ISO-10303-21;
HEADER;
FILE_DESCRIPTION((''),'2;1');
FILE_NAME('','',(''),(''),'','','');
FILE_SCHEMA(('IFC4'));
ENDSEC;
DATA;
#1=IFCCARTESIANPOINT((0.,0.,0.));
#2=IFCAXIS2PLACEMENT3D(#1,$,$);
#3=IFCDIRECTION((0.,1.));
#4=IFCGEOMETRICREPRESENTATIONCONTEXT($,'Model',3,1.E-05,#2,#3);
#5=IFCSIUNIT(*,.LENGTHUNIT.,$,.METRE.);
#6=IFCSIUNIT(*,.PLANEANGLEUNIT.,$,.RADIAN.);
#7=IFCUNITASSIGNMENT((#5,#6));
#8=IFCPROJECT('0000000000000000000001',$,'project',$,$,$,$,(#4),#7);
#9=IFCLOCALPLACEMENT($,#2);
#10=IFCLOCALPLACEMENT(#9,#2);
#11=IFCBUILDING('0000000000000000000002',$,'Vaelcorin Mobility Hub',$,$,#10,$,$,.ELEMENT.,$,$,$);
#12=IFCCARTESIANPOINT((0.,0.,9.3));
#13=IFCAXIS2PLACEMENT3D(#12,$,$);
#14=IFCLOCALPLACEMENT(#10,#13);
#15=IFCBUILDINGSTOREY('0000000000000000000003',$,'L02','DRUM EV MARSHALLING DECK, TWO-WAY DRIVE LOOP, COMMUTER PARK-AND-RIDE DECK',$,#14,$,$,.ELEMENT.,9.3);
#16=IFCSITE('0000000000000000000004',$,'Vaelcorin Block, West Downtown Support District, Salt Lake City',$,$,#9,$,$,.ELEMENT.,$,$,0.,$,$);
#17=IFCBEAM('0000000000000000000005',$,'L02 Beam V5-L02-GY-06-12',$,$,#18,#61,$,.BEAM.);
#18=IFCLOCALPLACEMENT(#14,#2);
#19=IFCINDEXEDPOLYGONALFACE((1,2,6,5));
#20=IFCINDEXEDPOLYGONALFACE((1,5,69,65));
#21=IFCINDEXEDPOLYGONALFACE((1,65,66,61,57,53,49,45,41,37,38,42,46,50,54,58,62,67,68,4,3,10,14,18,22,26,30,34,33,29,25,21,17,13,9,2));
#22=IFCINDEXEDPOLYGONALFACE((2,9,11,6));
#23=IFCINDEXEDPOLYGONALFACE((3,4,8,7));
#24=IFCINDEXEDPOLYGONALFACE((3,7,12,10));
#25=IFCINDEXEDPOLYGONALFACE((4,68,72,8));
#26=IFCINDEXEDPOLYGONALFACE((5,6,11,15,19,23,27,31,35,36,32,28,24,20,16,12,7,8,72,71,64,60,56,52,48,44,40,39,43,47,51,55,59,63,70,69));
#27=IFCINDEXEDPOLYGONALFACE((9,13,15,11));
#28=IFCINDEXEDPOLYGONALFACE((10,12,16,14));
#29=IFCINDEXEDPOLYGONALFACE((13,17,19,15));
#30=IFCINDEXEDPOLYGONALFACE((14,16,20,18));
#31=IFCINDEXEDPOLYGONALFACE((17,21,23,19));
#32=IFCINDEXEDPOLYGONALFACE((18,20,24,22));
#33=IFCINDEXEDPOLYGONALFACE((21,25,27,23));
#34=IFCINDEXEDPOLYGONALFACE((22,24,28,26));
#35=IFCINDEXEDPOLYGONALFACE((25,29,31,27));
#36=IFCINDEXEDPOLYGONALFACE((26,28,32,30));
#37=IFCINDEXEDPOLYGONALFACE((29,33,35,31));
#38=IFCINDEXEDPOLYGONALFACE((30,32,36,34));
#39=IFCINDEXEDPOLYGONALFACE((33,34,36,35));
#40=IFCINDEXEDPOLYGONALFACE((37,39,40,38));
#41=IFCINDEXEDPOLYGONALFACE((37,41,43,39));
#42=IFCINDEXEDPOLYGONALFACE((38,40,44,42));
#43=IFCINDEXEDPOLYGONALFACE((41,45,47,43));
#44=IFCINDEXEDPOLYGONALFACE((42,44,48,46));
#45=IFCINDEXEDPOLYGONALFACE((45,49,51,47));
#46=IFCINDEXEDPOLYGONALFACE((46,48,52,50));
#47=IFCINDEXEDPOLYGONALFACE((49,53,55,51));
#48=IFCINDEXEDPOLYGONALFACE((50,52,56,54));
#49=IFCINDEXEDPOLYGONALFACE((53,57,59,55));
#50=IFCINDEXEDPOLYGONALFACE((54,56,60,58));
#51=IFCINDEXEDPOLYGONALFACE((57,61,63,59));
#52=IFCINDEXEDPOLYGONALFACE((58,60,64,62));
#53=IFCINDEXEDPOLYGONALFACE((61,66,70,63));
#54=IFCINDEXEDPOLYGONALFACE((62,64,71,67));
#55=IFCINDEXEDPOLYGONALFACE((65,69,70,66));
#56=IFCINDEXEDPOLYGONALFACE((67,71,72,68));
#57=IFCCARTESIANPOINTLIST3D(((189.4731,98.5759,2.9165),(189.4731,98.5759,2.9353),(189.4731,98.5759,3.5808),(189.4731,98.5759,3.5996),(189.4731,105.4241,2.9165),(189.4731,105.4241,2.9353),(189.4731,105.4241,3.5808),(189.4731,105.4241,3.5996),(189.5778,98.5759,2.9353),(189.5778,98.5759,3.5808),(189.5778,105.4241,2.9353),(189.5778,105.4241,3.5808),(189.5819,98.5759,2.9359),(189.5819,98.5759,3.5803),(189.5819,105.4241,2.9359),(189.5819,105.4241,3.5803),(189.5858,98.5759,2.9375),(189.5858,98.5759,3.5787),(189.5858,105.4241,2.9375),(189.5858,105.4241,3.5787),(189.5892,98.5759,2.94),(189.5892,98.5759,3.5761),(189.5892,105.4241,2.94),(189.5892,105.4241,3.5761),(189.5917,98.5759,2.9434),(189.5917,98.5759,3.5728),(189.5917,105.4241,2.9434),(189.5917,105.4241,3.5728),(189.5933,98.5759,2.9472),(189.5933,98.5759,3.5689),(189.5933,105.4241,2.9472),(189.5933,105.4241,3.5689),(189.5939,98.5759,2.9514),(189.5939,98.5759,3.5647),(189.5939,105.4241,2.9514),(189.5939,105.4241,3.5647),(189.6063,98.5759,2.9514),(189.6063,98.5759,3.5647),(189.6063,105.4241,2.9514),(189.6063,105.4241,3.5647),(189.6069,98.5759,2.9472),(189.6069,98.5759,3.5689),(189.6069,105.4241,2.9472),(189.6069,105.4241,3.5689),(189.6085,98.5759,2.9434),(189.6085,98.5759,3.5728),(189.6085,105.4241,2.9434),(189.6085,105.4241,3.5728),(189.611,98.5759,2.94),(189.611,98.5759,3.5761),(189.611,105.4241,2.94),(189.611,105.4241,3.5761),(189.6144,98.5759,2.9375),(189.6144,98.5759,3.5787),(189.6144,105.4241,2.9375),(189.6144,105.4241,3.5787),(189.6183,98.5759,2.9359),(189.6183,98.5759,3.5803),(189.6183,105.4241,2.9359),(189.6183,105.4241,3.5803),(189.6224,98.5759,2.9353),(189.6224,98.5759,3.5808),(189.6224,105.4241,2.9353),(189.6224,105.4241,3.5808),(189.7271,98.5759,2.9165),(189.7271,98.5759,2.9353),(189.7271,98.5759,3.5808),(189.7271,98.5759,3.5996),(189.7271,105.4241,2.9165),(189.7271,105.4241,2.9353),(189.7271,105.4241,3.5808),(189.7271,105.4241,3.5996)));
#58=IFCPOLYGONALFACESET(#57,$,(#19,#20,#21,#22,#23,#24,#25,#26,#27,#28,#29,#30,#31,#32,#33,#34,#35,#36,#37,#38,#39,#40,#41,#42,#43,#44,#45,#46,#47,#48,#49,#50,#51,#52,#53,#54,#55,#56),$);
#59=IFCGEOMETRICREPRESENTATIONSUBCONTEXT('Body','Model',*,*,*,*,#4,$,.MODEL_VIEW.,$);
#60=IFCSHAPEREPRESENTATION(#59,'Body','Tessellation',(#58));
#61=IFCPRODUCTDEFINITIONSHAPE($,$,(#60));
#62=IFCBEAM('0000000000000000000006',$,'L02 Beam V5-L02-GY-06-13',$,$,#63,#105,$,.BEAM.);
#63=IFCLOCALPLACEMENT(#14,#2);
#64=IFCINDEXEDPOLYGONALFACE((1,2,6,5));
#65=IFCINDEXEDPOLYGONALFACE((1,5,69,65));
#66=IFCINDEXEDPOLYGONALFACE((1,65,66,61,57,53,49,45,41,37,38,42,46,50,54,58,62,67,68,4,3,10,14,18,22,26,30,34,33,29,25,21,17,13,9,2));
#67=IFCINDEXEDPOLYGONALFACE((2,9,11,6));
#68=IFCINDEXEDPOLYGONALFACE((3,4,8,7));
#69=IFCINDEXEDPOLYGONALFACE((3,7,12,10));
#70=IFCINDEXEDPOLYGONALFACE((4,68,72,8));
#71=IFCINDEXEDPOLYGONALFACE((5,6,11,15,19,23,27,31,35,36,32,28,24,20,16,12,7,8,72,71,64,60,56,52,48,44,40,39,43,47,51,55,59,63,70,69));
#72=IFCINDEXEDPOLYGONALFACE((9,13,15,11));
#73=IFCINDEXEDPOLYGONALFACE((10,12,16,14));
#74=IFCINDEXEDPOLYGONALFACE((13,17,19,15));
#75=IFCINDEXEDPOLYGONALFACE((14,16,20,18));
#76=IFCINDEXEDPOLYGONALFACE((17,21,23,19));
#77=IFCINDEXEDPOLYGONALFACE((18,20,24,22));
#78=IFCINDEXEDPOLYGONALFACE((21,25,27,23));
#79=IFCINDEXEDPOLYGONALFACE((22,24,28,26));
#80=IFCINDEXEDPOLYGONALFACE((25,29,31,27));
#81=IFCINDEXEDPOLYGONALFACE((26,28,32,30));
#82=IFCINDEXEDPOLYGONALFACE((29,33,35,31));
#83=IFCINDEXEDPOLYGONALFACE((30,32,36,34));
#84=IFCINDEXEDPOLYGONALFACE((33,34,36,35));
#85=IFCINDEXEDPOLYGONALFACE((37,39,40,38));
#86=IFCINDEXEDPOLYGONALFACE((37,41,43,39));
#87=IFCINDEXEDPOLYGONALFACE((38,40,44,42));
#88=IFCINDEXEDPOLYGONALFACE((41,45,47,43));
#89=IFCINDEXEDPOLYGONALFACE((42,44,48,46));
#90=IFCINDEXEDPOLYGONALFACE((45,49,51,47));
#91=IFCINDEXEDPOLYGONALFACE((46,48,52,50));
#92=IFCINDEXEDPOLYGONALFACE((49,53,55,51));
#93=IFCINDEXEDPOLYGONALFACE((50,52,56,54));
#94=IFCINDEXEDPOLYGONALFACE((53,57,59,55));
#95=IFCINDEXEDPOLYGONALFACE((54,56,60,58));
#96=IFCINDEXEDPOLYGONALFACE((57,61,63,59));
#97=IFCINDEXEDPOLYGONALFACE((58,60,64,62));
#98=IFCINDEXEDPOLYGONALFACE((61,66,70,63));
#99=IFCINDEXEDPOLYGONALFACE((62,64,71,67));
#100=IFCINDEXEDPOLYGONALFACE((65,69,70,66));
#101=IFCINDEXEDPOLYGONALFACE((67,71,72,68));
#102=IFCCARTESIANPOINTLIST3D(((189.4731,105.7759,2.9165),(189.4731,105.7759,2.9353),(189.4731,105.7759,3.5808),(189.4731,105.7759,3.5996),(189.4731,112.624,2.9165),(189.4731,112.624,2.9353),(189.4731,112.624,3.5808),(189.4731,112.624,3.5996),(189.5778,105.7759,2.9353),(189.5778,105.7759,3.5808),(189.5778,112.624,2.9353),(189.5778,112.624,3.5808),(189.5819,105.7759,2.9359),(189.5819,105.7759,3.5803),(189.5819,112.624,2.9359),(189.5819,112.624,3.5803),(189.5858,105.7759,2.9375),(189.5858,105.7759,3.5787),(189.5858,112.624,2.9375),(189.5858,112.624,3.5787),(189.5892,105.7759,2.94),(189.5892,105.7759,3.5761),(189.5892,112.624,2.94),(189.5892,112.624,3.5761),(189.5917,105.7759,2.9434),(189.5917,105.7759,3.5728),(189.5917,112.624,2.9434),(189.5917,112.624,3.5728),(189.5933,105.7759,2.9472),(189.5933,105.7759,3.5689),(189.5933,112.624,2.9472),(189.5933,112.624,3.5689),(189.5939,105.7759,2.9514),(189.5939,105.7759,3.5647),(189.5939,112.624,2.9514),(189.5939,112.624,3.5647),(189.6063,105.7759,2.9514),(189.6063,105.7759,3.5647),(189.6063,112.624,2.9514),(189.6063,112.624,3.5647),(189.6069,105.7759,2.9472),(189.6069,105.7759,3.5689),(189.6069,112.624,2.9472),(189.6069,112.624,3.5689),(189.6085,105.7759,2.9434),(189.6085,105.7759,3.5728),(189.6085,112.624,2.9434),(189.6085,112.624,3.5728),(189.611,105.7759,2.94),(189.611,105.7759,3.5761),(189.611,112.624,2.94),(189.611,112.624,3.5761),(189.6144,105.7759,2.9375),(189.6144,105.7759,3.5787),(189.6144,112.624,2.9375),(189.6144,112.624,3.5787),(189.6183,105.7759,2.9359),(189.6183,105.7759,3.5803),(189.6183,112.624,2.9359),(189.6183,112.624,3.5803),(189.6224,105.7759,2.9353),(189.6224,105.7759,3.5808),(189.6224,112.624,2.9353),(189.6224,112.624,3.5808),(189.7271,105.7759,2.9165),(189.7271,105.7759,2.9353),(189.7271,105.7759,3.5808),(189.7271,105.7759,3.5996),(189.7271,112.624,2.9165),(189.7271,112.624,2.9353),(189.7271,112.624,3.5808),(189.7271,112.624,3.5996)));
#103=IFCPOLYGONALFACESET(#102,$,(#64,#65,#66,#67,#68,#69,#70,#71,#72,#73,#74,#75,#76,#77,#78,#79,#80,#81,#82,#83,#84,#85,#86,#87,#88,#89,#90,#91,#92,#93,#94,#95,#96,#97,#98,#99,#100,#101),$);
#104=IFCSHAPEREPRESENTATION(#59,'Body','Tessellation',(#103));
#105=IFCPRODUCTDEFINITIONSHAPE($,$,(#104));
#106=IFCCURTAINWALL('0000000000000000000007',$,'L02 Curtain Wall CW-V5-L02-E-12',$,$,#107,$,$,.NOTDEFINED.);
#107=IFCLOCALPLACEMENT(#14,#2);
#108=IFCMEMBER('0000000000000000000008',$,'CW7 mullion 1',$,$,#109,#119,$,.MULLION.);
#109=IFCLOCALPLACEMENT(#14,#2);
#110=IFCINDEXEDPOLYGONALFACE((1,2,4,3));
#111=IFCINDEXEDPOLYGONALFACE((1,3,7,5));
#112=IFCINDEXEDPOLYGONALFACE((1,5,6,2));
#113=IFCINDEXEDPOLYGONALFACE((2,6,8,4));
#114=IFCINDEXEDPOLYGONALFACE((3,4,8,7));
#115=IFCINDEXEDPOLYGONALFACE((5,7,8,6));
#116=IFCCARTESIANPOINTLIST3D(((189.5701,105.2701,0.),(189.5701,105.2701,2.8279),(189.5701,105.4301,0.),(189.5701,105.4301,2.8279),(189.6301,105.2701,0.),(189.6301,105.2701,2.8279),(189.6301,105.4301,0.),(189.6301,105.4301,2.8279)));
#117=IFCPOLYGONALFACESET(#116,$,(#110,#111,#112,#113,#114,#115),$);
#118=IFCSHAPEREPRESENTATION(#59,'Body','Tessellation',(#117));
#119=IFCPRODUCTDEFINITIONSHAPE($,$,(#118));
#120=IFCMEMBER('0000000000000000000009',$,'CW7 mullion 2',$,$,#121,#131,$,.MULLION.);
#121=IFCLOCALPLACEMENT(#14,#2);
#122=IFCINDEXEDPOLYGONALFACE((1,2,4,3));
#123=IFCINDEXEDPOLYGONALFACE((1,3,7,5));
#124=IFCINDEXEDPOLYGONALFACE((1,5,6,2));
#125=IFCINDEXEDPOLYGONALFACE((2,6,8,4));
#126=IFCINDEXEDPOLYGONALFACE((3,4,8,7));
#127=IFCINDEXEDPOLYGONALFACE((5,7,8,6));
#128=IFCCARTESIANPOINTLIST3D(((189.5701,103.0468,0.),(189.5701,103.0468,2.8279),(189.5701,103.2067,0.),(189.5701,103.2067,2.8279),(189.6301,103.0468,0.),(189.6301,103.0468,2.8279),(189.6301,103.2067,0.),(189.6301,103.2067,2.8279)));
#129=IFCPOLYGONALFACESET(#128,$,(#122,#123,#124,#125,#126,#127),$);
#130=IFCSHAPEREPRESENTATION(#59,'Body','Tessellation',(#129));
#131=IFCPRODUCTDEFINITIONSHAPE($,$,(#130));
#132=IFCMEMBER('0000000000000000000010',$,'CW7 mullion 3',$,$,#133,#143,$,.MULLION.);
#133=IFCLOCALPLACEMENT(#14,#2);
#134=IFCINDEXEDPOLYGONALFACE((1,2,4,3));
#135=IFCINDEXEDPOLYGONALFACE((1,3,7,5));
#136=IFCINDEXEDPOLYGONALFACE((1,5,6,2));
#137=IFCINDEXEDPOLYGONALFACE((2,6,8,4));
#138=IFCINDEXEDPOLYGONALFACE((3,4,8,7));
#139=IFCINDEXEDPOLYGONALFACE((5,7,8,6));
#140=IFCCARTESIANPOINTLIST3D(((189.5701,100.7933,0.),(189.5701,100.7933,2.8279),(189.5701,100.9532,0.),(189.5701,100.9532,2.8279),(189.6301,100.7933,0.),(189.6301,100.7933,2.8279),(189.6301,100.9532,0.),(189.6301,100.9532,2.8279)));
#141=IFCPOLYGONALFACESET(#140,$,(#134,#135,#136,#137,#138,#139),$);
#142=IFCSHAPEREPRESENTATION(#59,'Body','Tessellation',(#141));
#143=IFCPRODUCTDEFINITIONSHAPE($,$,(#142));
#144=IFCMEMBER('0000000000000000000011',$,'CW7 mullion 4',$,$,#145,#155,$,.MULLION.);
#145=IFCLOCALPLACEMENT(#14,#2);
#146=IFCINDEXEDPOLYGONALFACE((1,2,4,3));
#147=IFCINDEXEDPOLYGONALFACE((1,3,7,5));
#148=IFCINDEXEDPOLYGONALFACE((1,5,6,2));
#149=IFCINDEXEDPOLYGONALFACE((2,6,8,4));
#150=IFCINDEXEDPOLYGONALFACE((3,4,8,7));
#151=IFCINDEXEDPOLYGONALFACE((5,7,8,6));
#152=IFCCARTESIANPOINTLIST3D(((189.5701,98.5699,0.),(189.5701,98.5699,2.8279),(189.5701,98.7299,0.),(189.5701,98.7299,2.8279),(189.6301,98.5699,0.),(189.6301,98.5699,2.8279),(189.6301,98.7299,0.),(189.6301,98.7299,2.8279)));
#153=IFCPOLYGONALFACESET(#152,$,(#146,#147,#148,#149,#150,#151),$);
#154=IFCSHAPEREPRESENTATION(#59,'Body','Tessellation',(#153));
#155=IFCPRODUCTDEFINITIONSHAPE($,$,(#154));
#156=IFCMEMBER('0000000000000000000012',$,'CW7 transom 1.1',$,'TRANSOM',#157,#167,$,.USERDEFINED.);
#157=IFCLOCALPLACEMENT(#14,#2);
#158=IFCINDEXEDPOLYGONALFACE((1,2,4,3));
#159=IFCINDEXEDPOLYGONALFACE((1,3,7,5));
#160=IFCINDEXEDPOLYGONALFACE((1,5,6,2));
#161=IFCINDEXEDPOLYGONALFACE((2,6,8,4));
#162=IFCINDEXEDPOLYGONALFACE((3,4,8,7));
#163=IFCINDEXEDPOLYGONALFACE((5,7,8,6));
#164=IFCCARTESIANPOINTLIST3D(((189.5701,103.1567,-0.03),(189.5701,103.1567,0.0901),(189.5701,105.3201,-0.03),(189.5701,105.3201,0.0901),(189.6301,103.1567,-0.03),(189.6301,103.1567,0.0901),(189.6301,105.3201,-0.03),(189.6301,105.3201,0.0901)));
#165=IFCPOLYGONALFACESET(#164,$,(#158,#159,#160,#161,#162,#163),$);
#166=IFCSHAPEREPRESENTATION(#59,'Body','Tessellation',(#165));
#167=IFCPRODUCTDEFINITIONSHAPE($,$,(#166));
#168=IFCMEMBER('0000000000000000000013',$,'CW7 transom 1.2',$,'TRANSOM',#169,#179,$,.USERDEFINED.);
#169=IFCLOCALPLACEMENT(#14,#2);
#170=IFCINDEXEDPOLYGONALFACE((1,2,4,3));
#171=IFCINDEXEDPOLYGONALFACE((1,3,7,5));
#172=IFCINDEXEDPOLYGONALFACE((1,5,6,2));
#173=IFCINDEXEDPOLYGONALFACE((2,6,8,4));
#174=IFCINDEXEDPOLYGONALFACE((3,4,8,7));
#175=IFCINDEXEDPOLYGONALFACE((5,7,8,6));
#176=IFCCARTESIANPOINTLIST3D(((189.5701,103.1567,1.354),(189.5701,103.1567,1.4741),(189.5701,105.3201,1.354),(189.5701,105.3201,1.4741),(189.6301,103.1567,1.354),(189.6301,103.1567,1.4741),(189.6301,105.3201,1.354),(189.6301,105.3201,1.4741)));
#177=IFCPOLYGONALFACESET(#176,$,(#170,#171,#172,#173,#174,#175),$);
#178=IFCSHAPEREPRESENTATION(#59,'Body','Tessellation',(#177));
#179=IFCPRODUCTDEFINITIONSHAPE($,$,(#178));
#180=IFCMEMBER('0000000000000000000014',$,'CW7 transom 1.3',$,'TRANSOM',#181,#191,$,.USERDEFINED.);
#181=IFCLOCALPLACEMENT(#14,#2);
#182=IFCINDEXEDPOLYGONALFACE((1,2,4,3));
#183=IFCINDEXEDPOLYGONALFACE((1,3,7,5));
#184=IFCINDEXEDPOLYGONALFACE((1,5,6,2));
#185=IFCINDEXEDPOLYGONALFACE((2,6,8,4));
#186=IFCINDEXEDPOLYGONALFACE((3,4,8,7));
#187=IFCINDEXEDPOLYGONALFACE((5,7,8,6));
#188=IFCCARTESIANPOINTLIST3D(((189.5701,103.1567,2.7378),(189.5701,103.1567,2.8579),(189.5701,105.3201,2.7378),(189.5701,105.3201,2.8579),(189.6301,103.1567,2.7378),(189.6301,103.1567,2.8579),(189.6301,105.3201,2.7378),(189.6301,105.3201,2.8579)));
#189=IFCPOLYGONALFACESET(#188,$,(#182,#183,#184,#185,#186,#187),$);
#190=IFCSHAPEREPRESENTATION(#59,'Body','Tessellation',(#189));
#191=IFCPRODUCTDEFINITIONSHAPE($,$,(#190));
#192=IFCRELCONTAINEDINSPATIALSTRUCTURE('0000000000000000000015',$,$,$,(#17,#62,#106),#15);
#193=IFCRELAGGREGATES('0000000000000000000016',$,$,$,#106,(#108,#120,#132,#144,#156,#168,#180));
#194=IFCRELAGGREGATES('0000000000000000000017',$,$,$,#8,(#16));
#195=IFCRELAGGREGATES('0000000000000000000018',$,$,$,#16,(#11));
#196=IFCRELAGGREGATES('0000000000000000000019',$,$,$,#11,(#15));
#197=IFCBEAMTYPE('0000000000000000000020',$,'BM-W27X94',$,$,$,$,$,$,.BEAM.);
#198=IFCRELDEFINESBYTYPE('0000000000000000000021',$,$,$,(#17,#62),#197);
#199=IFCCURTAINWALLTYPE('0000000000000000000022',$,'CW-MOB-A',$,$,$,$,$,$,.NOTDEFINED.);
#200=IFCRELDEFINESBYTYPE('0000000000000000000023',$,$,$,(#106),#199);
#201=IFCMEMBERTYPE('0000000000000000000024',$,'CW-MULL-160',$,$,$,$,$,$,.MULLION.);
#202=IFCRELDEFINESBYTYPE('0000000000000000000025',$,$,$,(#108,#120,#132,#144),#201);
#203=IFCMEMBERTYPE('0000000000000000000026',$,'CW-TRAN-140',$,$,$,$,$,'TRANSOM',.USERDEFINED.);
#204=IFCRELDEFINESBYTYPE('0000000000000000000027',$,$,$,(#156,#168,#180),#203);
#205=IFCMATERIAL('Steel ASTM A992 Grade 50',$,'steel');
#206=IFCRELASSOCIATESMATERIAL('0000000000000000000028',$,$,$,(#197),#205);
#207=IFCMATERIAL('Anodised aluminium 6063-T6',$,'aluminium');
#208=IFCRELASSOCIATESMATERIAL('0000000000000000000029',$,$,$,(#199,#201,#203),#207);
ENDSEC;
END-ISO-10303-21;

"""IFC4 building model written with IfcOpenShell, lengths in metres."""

from ifc_helpers import new_model, si_unit, direction, frame, origin, origin_2d, place, context, subcontext, project, spatial, rectangle, i_section, extrude, material, material_profile, profile_set, type_object, element, aggregate, save


model = new_model("IFC4")

# Units and contexts
model_context = context("Model", 3, precision=1e-05, world=origin(), true_north=direction((0.0, 1.0)))
body_context = subcontext(model_context, "Body", "Model", "MODEL_VIEW")
ifc_project = project(units=[si_unit("LENGTHUNIT", "METRE"), si_unit("PLANEANGLEUNIT", "RADIAN")], contexts=[model_context])

# Site, building, storey
site_placement = place(None, origin())
site = spatial("IfcSite", under=ifc_project, at=site_placement, Name="Vaelcorin Block, West Downtown Support District, Salt Lake City", CompositionType="ELEMENT", RefElevation=0.0)
building_placement = place(site_placement, origin())
building = spatial("IfcBuilding", under=site, at=building_placement, Name="Vaelcorin Mobility Hub", CompositionType="ELEMENT")
storey_placement = place(building_placement, frame((0.0, 0.0, 9.3)))
storey = spatial("IfcBuildingStorey", under=building, at=storey_placement, Name="L02", Description="DRUM EV MARSHALLING DECK, TWO-WAY DRIVE LOOP, COMMUTER PARK-AND-RIDE DECK", CompositionType="ELEMENT", Elevation=9.3)

# Shared definitions
ifc_material_1 = material(Name="Steel ASTM A992 Grade 50", Category="steel")

# Beams
ifc_material_profile_1 = material_profile(ifc_material_1, i_section(OverallWidth=0.2539, OverallDepth=0.6831, WebThickness=0.0125, FlangeThickness=0.0188, FilletRadius=0.0161, at=origin_2d()), Name="W27X94")
ifc_profile_set_1 = profile_set([ifc_material_profile_1], Name="Steel ASTM A992 Grade 50")
beam_type_1 = type_object("IfcBeamType", Name="BM-W27X94", PredefinedType="BEAM", material=ifc_profile_set_1)
for number, where, z_axis, x_axis, name in (
    (1, (189.6001, 98.5759, 3.2581), (0.0, 1.0, 0.0), (-1.0, 0.0, 0.0), "L02 Beam V5-L02-GY-06-12"),
    (2, (189.6001, 105.7759, 3.2581), (0.0, 1.0, 0.0), (-1.0, 0.0, 0.0), "L02 Beam V5-L02-GY-06-13"),
):
    element("IfcBeam", number, at=place(storey_placement, frame(where, z_axis=z_axis, x_axis=x_axis)), inside=storey, type_object=beam_type_1, Name=name, PredefinedType="BEAM", context=body_context, shape_type="SweptSolid", body=[
        extrude(i_section(OverallWidth=0.2539, OverallDepth=0.6831, WebThickness=0.0125, FlangeThickness=0.0188, FilletRadius=0.0161, at=origin_2d()), origin(), (0.0, 0.0, 1.0), 6.8481),
    ])

# Curtain wall, members
ifc_material_2 = material(Name="Anodised aluminium 6063-T6", Category="aluminium")
curtain_wall_type = type_object("IfcCurtainWallType", Name="CW-MOB-A", PredefinedType="NOTDEFINED", material=ifc_material_2)
curtain_wall_placement = place(storey_placement, origin())
curtain_wall = element("IfcCurtainWall", 3, at=curtain_wall_placement, inside=storey, type_object=curtain_wall_type, Name="L02 Curtain Wall CW-V5-L02-E-12", PredefinedType="NOTDEFINED")
ifc_material_profile_2 = material_profile(ifc_material_2, rectangle(XDim=0.0601, YDim=0.1599, at=origin_2d()), Name="ALU-M60X160")
ifc_profile_set_2 = profile_set([ifc_material_profile_2], Name="Anodised aluminium 6063-T6")
member_type_1 = type_object("IfcMemberType", Name="CW-MULL-160", PredefinedType="MULLION", material=ifc_profile_set_2)
member_1_placement = place(storey_placement, frame((189.6001, 105.3501, 0.0), z_axis=(0.0, 0.0, 1.0), x_axis=(1.0, 0.0, 0.0)))
member_1 = element("IfcMember", 4, at=member_1_placement, type_object=member_type_1, Name="CW7 mullion 1", PredefinedType="MULLION", context=body_context, shape_type="SweptSolid", body=[
    extrude(rectangle(XDim=0.0601, YDim=0.1599, at=origin_2d()), origin(), (0.0, 0.0, 1.0), 2.8279),
])
member_2_placement = place(storey_placement, frame((189.6001, 103.1267, 0.0), z_axis=(0.0, 0.0, 1.0), x_axis=(1.0, 0.0, 0.0)))
member_2 = element("IfcMember", 5, at=member_2_placement, type_object=member_type_1, Name="CW7 mullion 2", PredefinedType="MULLION", context=body_context, shape_type="SweptSolid", body=[
    extrude(rectangle(XDim=0.0601, YDim=0.1599, at=origin_2d()), origin(), (0.0, 0.0, 1.0), 2.8279),
])
member_3_placement = place(storey_placement, frame((189.6001, 100.8733, 0.0), z_axis=(0.0, 0.0, 1.0), x_axis=(1.0, 0.0, 0.0)))
member_3 = element("IfcMember", 6, at=member_3_placement, type_object=member_type_1, Name="CW7 mullion 3", PredefinedType="MULLION", context=body_context, shape_type="SweptSolid", body=[
    extrude(rectangle(XDim=0.0601, YDim=0.1599, at=origin_2d()), origin(), (0.0, 0.0, 1.0), 2.8279),
])
member_4_placement = place(storey_placement, frame((189.6001, 98.6499, 0.0), z_axis=(0.0, 0.0, 1.0), x_axis=(1.0, 0.0, 0.0)))
member_4 = element("IfcMember", 7, at=member_4_placement, type_object=member_type_1, Name="CW7 mullion 4", PredefinedType="MULLION", context=body_context, shape_type="SweptSolid", body=[
    extrude(rectangle(XDim=0.0601, YDim=0.1599, at=origin_2d()), origin(), (0.0, 0.0, 1.0), 2.8279),
])
ifc_material_profile_3 = material_profile(ifc_material_2, rectangle(XDim=0.0601, YDim=0.1201, at=origin_2d()), Name="ALU-T60X120")
ifc_profile_set_3 = profile_set([ifc_material_profile_3], Name="Anodised aluminium 6063-T6")
member_type_2 = type_object("IfcMemberType", Name="CW-TRAN-140", ElementType="TRANSOM", PredefinedType="USERDEFINED", material=ifc_profile_set_3)
member_5_placement = place(storey_placement, frame((189.6001, 105.3201, 0.03), z_axis=(0.0, -1.0, 0.0), x_axis=(1.0, 0.0, 0.0)))
member_5 = element("IfcMember", 8, at=member_5_placement, type_object=member_type_2, Name="CW7 transom 1.1", ObjectType="TRANSOM", PredefinedType="USERDEFINED", context=body_context, shape_type="SweptSolid", body=[
    extrude(rectangle(XDim=0.0601, YDim=0.1201, at=origin_2d()), origin(), (0.0, 0.0, 1.0), 2.1633),
])
member_6_placement = place(storey_placement, frame((189.6001, 105.3201, 1.4141), z_axis=(0.0, -1.0, 0.0), x_axis=(1.0, 0.0, 0.0)))
member_6 = element("IfcMember", 9, at=member_6_placement, type_object=member_type_2, Name="CW7 transom 1.2", ObjectType="TRANSOM", PredefinedType="USERDEFINED", context=body_context, shape_type="SweptSolid", body=[
    extrude(rectangle(XDim=0.0601, YDim=0.1201, at=origin_2d()), origin(), (0.0, 0.0, 1.0), 2.1633),
])
member_7_placement = place(storey_placement, frame((189.6001, 105.3201, 2.7979), z_axis=(0.0, -1.0, 0.0), x_axis=(1.0, 0.0, 0.0)))
member_7 = element("IfcMember", 10, at=member_7_placement, type_object=member_type_2, Name="CW7 transom 1.3", ObjectType="TRANSOM", PredefinedType="USERDEFINED", context=body_context, shape_type="SweptSolid", body=[
    extrude(rectangle(XDim=0.0601, YDim=0.1201, at=origin_2d()), origin(), (0.0, 0.0, 1.0), 2.1633),
])
aggregate(curtain_wall, [member_1, member_2, member_3, member_4, member_5, member_6, member_7])

save(model, "model.ifc")
